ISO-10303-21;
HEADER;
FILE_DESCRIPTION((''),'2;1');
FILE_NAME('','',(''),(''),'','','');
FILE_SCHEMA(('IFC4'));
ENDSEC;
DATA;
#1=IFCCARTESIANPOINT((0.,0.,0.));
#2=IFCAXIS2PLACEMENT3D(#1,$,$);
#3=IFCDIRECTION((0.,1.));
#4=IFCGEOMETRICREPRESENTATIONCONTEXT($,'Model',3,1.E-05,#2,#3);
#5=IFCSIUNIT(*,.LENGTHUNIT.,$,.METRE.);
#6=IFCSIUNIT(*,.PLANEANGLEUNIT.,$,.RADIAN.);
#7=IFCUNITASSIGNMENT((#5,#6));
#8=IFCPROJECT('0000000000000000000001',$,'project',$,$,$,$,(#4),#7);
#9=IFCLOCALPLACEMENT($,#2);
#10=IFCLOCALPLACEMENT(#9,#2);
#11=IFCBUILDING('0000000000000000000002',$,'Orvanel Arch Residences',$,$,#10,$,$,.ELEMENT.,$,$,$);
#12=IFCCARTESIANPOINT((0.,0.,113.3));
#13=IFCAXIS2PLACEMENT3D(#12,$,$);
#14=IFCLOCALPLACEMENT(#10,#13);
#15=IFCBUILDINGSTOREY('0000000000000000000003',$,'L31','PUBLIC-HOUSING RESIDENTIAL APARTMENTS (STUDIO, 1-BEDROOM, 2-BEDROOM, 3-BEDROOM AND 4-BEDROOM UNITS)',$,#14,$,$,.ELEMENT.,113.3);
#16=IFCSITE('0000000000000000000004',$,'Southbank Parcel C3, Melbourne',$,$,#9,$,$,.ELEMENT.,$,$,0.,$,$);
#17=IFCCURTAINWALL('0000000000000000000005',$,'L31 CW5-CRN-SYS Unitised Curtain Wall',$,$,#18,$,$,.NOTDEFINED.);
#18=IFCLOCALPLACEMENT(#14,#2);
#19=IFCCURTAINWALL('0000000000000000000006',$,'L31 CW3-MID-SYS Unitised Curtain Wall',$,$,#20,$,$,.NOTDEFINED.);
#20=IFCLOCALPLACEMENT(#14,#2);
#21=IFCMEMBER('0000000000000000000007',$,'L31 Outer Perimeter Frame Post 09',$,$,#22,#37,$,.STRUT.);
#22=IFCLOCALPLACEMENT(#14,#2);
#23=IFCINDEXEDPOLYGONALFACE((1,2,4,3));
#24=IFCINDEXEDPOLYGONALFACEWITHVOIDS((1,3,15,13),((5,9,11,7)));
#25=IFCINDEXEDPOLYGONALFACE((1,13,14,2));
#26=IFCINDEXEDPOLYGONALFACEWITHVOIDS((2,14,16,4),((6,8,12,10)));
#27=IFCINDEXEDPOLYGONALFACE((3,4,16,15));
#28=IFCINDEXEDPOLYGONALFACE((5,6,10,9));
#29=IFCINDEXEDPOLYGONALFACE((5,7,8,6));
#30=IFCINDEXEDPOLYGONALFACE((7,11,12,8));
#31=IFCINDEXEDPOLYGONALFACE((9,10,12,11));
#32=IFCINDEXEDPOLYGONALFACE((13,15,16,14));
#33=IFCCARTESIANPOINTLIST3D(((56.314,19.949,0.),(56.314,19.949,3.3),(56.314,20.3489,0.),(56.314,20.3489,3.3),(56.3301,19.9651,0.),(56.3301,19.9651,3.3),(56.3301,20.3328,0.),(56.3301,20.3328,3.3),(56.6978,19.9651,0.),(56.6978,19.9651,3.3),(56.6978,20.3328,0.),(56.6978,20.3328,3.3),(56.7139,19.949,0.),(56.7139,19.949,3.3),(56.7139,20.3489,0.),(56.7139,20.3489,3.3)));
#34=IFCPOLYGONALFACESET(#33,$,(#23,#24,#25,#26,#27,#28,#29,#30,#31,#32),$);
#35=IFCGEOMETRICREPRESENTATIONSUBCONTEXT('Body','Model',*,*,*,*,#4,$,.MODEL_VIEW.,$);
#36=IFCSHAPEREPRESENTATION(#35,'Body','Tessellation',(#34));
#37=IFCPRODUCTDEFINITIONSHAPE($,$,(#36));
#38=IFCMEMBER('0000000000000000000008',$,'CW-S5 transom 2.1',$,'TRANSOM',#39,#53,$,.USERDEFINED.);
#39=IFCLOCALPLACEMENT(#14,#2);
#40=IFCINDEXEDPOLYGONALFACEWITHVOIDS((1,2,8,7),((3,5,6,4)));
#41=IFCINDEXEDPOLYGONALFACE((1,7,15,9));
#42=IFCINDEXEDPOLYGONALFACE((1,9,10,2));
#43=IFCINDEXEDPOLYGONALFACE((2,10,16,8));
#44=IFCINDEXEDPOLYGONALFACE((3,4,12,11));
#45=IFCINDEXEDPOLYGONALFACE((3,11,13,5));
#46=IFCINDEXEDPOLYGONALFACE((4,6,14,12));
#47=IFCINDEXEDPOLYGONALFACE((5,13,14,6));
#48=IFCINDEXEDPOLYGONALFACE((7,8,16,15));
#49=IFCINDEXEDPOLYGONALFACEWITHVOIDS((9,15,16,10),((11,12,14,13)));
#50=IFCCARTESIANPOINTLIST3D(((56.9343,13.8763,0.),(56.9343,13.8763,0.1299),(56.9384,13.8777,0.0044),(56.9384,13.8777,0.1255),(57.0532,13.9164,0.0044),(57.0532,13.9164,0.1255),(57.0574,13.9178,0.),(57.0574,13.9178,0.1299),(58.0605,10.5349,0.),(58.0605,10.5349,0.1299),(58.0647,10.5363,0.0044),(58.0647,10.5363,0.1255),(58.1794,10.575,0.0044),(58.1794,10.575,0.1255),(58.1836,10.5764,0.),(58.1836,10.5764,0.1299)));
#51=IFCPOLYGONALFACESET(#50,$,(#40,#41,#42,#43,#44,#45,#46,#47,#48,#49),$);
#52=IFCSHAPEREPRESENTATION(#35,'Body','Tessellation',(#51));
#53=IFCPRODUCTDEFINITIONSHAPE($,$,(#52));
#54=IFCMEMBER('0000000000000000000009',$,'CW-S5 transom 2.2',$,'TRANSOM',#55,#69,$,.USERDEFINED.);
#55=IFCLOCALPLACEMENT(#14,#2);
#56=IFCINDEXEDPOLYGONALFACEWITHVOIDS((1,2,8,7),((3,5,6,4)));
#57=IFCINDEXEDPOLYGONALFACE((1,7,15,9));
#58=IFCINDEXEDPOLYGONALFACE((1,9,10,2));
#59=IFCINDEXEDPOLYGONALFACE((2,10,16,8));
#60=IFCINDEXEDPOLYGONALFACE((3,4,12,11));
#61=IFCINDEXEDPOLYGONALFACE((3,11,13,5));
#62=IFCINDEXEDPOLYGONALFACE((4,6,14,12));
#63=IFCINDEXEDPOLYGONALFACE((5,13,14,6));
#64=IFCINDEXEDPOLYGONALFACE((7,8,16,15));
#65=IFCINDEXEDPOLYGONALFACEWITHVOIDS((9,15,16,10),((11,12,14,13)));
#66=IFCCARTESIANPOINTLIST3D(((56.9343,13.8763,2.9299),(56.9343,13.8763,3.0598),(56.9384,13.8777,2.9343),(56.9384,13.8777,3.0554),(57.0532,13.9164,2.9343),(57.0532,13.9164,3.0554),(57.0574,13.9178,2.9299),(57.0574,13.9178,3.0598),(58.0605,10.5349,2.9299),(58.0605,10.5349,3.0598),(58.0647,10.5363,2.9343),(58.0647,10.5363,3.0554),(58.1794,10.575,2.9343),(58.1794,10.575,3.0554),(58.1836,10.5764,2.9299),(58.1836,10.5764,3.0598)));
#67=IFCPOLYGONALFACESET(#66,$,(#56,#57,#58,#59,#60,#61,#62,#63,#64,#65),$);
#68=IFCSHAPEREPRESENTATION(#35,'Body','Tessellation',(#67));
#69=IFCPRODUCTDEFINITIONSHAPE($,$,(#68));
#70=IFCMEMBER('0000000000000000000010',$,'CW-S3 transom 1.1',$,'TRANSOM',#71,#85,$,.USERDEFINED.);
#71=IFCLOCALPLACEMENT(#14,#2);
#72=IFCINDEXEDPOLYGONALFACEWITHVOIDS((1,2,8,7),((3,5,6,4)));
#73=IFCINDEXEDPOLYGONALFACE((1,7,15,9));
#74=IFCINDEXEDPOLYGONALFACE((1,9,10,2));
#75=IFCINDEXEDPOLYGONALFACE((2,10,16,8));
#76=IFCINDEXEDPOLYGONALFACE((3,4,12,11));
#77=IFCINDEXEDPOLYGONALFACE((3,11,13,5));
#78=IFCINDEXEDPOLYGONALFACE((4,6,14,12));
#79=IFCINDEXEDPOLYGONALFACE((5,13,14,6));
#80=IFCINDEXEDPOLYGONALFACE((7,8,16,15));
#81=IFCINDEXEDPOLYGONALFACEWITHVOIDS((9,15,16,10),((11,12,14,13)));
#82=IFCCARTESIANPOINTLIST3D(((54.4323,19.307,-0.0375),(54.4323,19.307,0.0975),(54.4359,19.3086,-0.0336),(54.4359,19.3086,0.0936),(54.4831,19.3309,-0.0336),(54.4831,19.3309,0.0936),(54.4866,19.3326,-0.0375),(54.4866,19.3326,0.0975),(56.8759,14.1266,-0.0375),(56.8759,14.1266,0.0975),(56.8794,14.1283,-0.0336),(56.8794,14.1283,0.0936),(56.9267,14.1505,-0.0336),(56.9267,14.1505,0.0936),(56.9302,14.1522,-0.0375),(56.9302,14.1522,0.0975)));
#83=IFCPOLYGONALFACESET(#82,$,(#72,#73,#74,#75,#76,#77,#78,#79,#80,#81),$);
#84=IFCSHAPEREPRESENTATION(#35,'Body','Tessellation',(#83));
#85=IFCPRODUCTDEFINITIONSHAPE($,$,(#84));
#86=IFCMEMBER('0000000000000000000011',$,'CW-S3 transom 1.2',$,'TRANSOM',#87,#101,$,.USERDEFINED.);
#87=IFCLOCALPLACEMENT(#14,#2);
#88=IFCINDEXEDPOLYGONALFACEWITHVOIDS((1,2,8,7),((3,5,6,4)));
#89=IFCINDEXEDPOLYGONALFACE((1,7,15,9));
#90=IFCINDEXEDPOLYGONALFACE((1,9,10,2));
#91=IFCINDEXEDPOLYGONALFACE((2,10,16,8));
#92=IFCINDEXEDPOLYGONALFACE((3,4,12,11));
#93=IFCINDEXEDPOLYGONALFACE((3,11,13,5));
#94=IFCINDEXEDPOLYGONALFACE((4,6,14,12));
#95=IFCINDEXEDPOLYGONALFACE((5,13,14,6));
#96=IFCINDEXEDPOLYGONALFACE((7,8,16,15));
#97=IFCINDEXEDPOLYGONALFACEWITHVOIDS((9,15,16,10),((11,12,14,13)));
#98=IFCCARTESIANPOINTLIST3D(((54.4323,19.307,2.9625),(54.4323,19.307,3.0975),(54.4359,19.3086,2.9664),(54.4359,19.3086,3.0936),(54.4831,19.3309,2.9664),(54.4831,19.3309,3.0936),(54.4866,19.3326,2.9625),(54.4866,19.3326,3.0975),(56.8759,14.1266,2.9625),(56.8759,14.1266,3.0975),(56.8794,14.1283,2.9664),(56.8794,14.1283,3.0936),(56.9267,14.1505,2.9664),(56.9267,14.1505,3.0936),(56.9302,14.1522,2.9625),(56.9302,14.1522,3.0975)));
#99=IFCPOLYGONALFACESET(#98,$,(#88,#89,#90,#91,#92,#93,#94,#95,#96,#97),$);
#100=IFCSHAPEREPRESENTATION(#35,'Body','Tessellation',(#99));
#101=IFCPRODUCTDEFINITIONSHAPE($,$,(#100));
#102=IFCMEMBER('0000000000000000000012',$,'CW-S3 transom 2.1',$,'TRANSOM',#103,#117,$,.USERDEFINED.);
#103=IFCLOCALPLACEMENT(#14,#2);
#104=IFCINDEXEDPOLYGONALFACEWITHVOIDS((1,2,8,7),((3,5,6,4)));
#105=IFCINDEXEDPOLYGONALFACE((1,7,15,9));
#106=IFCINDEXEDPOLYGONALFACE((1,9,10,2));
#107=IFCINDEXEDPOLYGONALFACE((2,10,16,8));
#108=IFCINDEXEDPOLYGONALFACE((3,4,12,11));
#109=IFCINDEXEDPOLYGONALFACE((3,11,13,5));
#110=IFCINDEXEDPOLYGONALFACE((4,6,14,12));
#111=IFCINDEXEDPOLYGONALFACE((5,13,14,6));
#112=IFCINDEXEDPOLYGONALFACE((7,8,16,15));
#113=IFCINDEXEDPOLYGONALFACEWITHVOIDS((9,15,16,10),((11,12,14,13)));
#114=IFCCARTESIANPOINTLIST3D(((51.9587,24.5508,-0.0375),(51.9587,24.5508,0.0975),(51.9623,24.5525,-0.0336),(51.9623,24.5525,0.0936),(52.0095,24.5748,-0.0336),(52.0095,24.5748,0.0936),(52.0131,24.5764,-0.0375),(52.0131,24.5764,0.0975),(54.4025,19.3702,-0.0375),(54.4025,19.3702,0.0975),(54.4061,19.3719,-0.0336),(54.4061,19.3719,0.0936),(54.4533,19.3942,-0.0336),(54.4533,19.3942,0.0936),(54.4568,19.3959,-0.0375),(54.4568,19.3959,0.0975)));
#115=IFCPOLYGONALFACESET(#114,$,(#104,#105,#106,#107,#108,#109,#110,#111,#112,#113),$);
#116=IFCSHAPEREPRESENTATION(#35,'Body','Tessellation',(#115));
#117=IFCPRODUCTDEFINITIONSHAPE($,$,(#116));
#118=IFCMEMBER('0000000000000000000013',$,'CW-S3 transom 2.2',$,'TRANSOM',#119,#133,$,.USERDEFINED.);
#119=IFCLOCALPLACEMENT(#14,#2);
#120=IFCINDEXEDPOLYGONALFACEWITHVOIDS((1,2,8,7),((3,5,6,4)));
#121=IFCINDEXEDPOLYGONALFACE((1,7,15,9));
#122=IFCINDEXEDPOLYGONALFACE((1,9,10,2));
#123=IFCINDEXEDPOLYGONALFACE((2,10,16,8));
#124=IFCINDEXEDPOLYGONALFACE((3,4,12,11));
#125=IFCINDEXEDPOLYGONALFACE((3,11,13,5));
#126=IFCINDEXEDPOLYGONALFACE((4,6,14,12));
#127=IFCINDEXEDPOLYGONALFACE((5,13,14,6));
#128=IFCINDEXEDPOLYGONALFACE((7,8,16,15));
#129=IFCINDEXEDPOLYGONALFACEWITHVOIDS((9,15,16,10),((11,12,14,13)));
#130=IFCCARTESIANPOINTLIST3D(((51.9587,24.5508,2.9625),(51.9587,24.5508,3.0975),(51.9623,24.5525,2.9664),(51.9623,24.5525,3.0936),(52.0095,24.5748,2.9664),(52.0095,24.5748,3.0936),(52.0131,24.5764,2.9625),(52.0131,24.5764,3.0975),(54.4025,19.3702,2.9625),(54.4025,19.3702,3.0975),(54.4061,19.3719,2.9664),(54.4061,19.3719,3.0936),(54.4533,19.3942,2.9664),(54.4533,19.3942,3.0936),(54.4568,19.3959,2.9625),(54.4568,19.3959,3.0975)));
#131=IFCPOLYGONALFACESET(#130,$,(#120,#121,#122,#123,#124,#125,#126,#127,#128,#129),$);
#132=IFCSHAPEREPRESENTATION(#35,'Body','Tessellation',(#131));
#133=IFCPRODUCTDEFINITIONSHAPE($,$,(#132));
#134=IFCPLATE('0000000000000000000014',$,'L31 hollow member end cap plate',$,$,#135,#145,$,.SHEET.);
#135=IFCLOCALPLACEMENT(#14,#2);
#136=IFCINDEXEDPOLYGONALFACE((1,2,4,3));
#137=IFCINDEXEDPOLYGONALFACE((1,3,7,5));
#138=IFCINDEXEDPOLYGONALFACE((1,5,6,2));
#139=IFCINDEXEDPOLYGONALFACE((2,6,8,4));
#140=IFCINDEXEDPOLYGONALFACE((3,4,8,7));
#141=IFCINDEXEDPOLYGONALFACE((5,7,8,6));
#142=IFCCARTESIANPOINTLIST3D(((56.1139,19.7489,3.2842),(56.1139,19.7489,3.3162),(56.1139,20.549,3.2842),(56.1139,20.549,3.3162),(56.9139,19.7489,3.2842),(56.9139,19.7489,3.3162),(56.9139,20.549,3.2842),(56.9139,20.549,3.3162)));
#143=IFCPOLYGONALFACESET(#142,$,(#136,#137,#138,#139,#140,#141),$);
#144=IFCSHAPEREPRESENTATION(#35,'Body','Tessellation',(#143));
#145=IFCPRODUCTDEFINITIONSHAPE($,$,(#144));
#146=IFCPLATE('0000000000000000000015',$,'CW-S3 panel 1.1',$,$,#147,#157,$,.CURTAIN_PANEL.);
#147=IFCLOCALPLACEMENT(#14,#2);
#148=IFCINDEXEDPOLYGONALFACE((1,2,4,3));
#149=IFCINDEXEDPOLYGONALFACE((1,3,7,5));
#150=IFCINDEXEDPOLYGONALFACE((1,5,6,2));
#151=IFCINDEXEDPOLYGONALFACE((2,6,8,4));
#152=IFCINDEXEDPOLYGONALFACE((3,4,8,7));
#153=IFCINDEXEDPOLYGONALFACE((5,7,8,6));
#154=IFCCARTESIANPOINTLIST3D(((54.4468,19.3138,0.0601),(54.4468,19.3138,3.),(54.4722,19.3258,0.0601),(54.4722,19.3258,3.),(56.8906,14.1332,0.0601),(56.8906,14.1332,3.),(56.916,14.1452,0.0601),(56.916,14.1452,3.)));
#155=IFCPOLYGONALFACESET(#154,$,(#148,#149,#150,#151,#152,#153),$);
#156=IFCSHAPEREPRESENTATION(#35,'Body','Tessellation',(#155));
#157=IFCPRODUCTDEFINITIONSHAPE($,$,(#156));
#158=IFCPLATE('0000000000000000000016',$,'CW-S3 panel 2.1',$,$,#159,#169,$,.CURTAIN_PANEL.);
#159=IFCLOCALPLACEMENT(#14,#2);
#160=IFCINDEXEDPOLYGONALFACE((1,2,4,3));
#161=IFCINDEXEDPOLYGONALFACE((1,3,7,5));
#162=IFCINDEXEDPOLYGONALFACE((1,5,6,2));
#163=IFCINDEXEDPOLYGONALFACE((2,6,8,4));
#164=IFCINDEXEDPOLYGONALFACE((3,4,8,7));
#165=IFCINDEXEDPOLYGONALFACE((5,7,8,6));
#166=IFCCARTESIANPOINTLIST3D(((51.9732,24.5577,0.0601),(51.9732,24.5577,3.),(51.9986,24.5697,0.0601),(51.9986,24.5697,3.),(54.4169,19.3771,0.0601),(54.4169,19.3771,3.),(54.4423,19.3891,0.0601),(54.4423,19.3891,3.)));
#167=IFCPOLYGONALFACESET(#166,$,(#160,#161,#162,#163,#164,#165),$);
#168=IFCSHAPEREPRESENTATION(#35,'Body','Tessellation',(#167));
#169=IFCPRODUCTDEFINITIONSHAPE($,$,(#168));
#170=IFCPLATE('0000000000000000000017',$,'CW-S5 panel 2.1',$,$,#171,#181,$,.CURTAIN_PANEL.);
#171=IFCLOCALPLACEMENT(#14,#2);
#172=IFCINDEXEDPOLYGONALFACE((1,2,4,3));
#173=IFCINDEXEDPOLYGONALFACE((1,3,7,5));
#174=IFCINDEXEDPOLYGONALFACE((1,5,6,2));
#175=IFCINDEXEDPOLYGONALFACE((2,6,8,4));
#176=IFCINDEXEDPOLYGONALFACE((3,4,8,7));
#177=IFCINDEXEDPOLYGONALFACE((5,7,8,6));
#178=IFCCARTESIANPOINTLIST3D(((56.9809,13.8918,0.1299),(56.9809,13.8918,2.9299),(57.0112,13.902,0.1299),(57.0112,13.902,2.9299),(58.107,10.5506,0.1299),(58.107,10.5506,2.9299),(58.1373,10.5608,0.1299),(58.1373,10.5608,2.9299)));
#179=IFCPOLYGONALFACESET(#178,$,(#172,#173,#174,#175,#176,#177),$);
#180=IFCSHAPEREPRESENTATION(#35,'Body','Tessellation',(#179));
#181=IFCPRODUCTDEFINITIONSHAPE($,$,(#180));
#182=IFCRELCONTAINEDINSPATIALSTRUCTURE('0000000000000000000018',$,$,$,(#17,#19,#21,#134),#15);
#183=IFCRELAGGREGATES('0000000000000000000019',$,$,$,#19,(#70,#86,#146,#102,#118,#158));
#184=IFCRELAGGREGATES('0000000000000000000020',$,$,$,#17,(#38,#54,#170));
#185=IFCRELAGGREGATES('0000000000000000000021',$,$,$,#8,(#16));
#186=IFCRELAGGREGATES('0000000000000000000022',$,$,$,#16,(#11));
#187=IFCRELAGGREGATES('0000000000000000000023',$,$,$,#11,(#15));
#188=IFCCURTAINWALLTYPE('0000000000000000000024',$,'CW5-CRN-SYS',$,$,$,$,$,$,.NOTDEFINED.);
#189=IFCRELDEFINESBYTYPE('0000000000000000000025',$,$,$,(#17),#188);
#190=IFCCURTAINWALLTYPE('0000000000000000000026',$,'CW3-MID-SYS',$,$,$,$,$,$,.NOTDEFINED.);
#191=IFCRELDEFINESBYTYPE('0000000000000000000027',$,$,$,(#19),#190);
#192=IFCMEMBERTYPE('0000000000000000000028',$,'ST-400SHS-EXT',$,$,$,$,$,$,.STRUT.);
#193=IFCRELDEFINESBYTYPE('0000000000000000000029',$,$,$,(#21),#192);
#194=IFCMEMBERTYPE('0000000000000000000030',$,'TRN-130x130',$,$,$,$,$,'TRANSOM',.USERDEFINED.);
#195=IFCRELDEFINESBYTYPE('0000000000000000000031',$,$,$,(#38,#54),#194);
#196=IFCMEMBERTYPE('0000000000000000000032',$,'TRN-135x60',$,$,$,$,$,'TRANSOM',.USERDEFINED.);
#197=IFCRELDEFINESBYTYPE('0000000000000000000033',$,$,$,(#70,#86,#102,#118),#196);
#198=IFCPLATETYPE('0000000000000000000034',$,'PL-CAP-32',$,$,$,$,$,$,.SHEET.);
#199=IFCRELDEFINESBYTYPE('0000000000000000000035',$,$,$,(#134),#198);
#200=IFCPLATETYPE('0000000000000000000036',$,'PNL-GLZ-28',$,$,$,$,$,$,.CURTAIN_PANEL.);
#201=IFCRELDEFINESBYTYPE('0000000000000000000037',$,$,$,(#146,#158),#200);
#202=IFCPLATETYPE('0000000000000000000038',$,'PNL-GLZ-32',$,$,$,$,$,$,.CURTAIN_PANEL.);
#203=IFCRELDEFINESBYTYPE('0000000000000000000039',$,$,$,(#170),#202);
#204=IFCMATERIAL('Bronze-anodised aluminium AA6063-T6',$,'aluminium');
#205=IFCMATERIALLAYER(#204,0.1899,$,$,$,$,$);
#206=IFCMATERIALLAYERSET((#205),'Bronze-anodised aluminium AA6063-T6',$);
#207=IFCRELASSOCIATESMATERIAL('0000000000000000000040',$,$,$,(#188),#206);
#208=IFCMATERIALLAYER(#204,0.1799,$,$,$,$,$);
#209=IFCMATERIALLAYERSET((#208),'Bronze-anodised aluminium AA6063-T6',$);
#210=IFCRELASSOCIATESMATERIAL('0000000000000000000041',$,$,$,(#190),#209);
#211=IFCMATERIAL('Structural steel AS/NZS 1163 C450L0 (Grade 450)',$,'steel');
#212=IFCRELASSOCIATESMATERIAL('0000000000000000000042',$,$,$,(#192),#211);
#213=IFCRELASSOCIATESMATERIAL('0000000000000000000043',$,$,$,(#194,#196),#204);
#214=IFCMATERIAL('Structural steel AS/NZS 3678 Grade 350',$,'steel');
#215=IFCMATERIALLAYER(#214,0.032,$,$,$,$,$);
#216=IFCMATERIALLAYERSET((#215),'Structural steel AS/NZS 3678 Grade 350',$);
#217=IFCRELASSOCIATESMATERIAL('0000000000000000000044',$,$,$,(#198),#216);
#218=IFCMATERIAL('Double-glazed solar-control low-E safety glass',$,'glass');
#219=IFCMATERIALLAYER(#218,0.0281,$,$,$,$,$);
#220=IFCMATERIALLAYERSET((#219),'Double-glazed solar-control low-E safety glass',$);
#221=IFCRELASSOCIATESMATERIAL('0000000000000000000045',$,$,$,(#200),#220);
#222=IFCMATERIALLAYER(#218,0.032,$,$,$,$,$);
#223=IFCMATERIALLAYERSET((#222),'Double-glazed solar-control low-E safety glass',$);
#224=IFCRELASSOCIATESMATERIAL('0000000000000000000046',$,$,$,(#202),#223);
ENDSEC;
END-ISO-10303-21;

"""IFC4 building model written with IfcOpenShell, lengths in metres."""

from ifc_helpers import new_model, si_unit, direction, frame, origin, origin_2d, place, context, subcontext, project, spatial, rectangle, hollow_rectangle, extrude, material, layer, layer_set, material_profile, profile_set, type_object, element, aggregate, save


model = new_model("IFC4")

# Units and contexts
model_context = context("Model", 3, precision=1e-05, world=origin(), true_north=direction((0.0, 1.0)))
body_context = subcontext(model_context, "Body", "Model", "MODEL_VIEW")
ifc_project = project(units=[si_unit("LENGTHUNIT", "METRE"), si_unit("PLANEANGLEUNIT", "RADIAN")], contexts=[model_context])

# Site, building, storey
site_placement = place(None, origin())
site = spatial("IfcSite", under=ifc_project, at=site_placement, Name="Southbank Parcel C3, Melbourne", CompositionType="ELEMENT", RefElevation=0.0)
building_placement = place(site_placement, origin())
building = spatial("IfcBuilding", under=site, at=building_placement, Name="Orvanel Arch Residences", CompositionType="ELEMENT")
storey_placement = place(building_placement, frame((0.0, 0.0, 113.3)))
storey = spatial("IfcBuildingStorey", under=building, at=storey_placement, Name="L31", Description="PUBLIC-HOUSING RESIDENTIAL APARTMENTS (STUDIO, 1-BEDROOM, 2-BEDROOM, 3-BEDROOM AND 4-BEDROOM UNITS)", CompositionType="ELEMENT", Elevation=113.3)

# Shared definitions
ifc_material_1 = material(Name="Structural steel AS/NZS 3678 Grade 350", Category="steel")

# Curtain walls
ifc_material_2 = material(Name="Bronze-anodised aluminium AA6063-T6", Category="aluminium")
ifc_layer_1 = layer(ifc_material_2, 0.1899)
ifc_layer_set_1 = layer_set([ifc_layer_1], Name="Bronze-anodised aluminium AA6063-T6")
curtain_wall_type_1 = type_object("IfcCurtainWallType", Name="CW5-CRN-SYS", PredefinedType="NOTDEFINED", material=ifc_layer_set_1)
curtain_wall_1_placement = place(storey_placement, origin())
curtain_wall_1 = element("IfcCurtainWall", 1, at=curtain_wall_1_placement, inside=storey, type_object=curtain_wall_type_1, Name="L31 CW5-CRN-SYS Unitised Curtain Wall", PredefinedType="NOTDEFINED")
ifc_layer_2 = layer(ifc_material_2, 0.1799)
ifc_layer_set_2 = layer_set([ifc_layer_2], Name="Bronze-anodised aluminium AA6063-T6")
curtain_wall_type_2 = type_object("IfcCurtainWallType", Name="CW3-MID-SYS", PredefinedType="NOTDEFINED", material=ifc_layer_set_2)
curtain_wall_2_placement = place(storey_placement, origin())
curtain_wall_2 = element("IfcCurtainWall", 2, at=curtain_wall_2_placement, inside=storey, type_object=curtain_wall_type_2, Name="L31 CW3-MID-SYS Unitised Curtain Wall", PredefinedType="NOTDEFINED")

# Members
ifc_material_3 = material(Name="Structural steel AS/NZS 1163 C450L0 (Grade 450)", Category="steel")
ifc_material_profile_1 = material_profile(ifc_material_3, hollow_rectangle(XDim=0.3999, YDim=0.3999, WallThickness=0.0161, at=origin_2d()), Name="SHS400x400x16")
ifc_profile_set_1 = profile_set([ifc_material_profile_1], Name="Structural steel AS/NZS 1163 C450L0 (Grade 450)")
member_type_1 = type_object("IfcMemberType", Name="ST-400SHS-EXT", PredefinedType="STRUT", material=ifc_profile_set_1)
member_1_placement = place(storey_placement, frame((56.5139, 20.1489, 0.0), z_axis=(0.0, 0.0, 1.0), x_axis=(1.0, 0.0, 0.0)))
element("IfcMember", 3, at=member_1_placement, inside=storey, type_object=member_type_1, Name="L31 Outer Perimeter Frame Post 09", PredefinedType="STRUT", context=body_context, shape_type="SweptSolid", body=[
    extrude(hollow_rectangle(XDim=0.3999, YDim=0.3999, WallThickness=0.0161, at=origin_2d()), origin(), (0.0, 0.0, 1.0), 3.3),
])
ifc_material_profile_2 = material_profile(ifc_material_2, hollow_rectangle(XDim=0.1299, YDim=0.1299, WallThickness=0.0044, at=origin_2d()), Name="ALU130x130x4.5")
ifc_profile_set_2 = profile_set([ifc_material_profile_2], Name="Bronze-anodised aluminium AA6063-T6")
member_type_2 = type_object("IfcMemberType", Name="TRN-130x130", ElementType="TRANSOM", PredefinedType="USERDEFINED", material=ifc_profile_set_2)
member_2_placement = place(storey_placement, frame((58.1221, 10.5557, 0.0649), z_axis=(-0.319404, 0.947619, 0.0), x_axis=(-0.947619, -0.319404, 0.0)))
member_2 = element("IfcMember", 4, at=member_2_placement, type_object=member_type_2, Name="CW-S5 transom 2.1", ObjectType="TRANSOM", PredefinedType="USERDEFINED", context=body_context, shape_type="SweptSolid", body=[
    extrude(hollow_rectangle(XDim=0.1299, YDim=0.1299, WallThickness=0.0044, at=origin_2d()), origin(), (0.0, 0.0, 1.0), 3.5261),
])
member_3_placement = place(storey_placement, frame((58.1221, 10.5557, 2.9949), z_axis=(-0.319404, 0.947619, 0.0), x_axis=(-0.947619, -0.319404, 0.0)))
member_3 = element("IfcMember", 5, at=member_3_placement, type_object=member_type_2, Name="CW-S5 transom 2.2", ObjectType="TRANSOM", PredefinedType="USERDEFINED", context=body_context, shape_type="SweptSolid", body=[
    extrude(hollow_rectangle(XDim=0.1299, YDim=0.1299, WallThickness=0.0044, at=origin_2d()), origin(), (0.0, 0.0, 1.0), 3.5261),
])
ifc_material_profile_3 = material_profile(ifc_material_2, hollow_rectangle(XDim=0.0601, YDim=0.135, WallThickness=0.0039, at=origin_2d()), Name="ALU135x60x4")
ifc_profile_set_3 = profile_set([ifc_material_profile_3], Name="Bronze-anodised aluminium AA6063-T6")
member_type_3 = type_object("IfcMemberType", Name="TRN-135x60", ElementType="TRANSOM", PredefinedType="USERDEFINED", material=ifc_profile_set_3)
member_4_placement = place(storey_placement, frame((56.9031, 14.1394, 0.03), z_axis=(-0.42662, 0.904431, 0.0), x_axis=(-0.904431, -0.42662, 0.0)))
member_4 = element("IfcMember", 6, at=member_4_placement, type_object=member_type_3, Name="CW-S3 transom 1.1", ObjectType="TRANSOM", PredefinedType="USERDEFINED", context=body_context, shape_type="SweptSolid", body=[
    extrude(hollow_rectangle(XDim=0.0601, YDim=0.135, WallThickness=0.0039, at=origin_2d()), origin(), (0.0, 0.0, 1.0), 5.7278),
])
member_5_placement = place(storey_placement, frame((56.9031, 14.1394, 3.03), z_axis=(-0.42662, 0.904431, 0.0), x_axis=(-0.904431, -0.42662, 0.0)))
member_5 = element("IfcMember", 7, at=member_5_placement, type_object=member_type_3, Name="CW-S3 transom 1.2", ObjectType="TRANSOM", PredefinedType="USERDEFINED", context=body_context, shape_type="SweptSolid", body=[
    extrude(hollow_rectangle(XDim=0.0601, YDim=0.135, WallThickness=0.0039, at=origin_2d()), origin(), (0.0, 0.0, 1.0), 5.7278),
])
member_6_placement = place(storey_placement, frame((54.4297, 19.3831, 0.03), z_axis=(-0.426638, 0.904422, 0.0), x_axis=(-0.904422, -0.426638, 0.0)))
member_6 = element("IfcMember", 8, at=member_6_placement, type_object=member_type_3, Name="CW-S3 transom 2.1", ObjectType="TRANSOM", PredefinedType="USERDEFINED", context=body_context, shape_type="SweptSolid", body=[
    extrude(hollow_rectangle(XDim=0.0601, YDim=0.135, WallThickness=0.0039, at=origin_2d()), origin(), (0.0, 0.0, 1.0), 5.728),
])
member_7_placement = place(storey_placement, frame((54.4297, 19.3831, 3.03), z_axis=(-0.426638, 0.904422, 0.0), x_axis=(-0.904422, -0.426638, 0.0)))
member_7 = element("IfcMember", 9, at=member_7_placement, type_object=member_type_3, Name="CW-S3 transom 2.2", ObjectType="TRANSOM", PredefinedType="USERDEFINED", context=body_context, shape_type="SweptSolid", body=[
    extrude(hollow_rectangle(XDim=0.0601, YDim=0.135, WallThickness=0.0039, at=origin_2d()), origin(), (0.0, 0.0, 1.0), 5.728),
])

# Plates
ifc_layer_3 = layer(ifc_material_1, 0.032)
ifc_layer_set_3 = layer_set([ifc_layer_3], Name="Structural steel AS/NZS 3678 Grade 350")
plate_type_1 = type_object("IfcPlateType", Name="PL-CAP-32", PredefinedType="SHEET", material=ifc_layer_set_3)
plate_1_placement = place(storey_placement, frame((56.5139, 20.1489, 3.2842), z_axis=(0.0, 0.0, 1.0), x_axis=(1.0, 0.0, 0.0)))
element("IfcPlate", 10, at=plate_1_placement, inside=storey, type_object=plate_type_1, Name="L31 hollow member end cap plate", PredefinedType="SHEET", context=body_context, shape_type="SweptSolid", body=[
    extrude(rectangle(XDim=0.8, YDim=0.8, at=origin_2d()), origin(), (0.0, 0.0, 1.0), 0.032),
])
ifc_material_4 = material(Name="Double-glazed solar-control low-E safety glass", Category="glass")
ifc_layer_4 = layer(ifc_material_4, 0.0281)
ifc_layer_set_4 = layer_set([ifc_layer_4], Name="Double-glazed solar-control low-E safety glass")
plate_type_2 = type_object("IfcPlateType", Name="PNL-GLZ-28", PredefinedType="CURTAIN_PANEL", material=ifc_layer_set_4)
plate_2_placement = place(storey_placement, frame((55.6814, 16.7295, 0.0601), z_axis=(0.0, 0.0, 1.0), x_axis=(-0.426627, 0.904428, 0.0)))
plate_2 = element("IfcPlate", 11, at=plate_2_placement, type_object=plate_type_2, Name="CW-S3 panel 1.1", PredefinedType="CURTAIN_PANEL", context=body_context, shape_type="SweptSolid", body=[
    extrude(rectangle(XDim=5.728, YDim=0.0281, at=origin_2d()), origin(), (0.0, 0.0, 1.0), 2.9399),
])
plate_3_placement = place(storey_placement, frame((53.2078, 21.9734, 0.0601), z_axis=(0.0, 0.0, 1.0), x_axis=(-0.426627, 0.904428, 0.0)))
plate_3 = element("IfcPlate", 12, at=plate_3_placement, type_object=plate_type_2, Name="CW-S3 panel 2.1", PredefinedType="CURTAIN_PANEL", context=body_context, shape_type="SweptSolid", body=[
    extrude(rectangle(XDim=5.728, YDim=0.0281, at=origin_2d()), origin(), (0.0, 0.0, 1.0), 2.9399),
])
aggregate(curtain_wall_2, [member_4, member_5, plate_2, member_6, member_7, plate_3])
ifc_layer_5 = layer(ifc_material_4, 0.032)
ifc_layer_set_5 = layer_set([ifc_layer_5], Name="Double-glazed solar-control low-E safety glass")
plate_type_3 = type_object("IfcPlateType", Name="PNL-GLZ-32", PredefinedType="CURTAIN_PANEL", material=ifc_layer_set_5)
plate_4_placement = place(storey_placement, frame((57.5591, 12.2263, 0.1299), z_axis=(0.0, 0.0, 1.0), x_axis=(-0.319385, 0.947625, 0.0)))
plate_4 = element("IfcPlate", 13, at=plate_4_placement, type_object=plate_type_3, Name="CW-S5 panel 2.1", PredefinedType="CURTAIN_PANEL", context=body_context, shape_type="SweptSolid", body=[
    extrude(rectangle(XDim=3.5259, YDim=0.032, at=origin_2d()), origin(), (0.0, 0.0, 1.0), 2.8),
])
aggregate(curtain_wall_1, [member_2, member_3, plate_4])

save(model, "model.ifc")
